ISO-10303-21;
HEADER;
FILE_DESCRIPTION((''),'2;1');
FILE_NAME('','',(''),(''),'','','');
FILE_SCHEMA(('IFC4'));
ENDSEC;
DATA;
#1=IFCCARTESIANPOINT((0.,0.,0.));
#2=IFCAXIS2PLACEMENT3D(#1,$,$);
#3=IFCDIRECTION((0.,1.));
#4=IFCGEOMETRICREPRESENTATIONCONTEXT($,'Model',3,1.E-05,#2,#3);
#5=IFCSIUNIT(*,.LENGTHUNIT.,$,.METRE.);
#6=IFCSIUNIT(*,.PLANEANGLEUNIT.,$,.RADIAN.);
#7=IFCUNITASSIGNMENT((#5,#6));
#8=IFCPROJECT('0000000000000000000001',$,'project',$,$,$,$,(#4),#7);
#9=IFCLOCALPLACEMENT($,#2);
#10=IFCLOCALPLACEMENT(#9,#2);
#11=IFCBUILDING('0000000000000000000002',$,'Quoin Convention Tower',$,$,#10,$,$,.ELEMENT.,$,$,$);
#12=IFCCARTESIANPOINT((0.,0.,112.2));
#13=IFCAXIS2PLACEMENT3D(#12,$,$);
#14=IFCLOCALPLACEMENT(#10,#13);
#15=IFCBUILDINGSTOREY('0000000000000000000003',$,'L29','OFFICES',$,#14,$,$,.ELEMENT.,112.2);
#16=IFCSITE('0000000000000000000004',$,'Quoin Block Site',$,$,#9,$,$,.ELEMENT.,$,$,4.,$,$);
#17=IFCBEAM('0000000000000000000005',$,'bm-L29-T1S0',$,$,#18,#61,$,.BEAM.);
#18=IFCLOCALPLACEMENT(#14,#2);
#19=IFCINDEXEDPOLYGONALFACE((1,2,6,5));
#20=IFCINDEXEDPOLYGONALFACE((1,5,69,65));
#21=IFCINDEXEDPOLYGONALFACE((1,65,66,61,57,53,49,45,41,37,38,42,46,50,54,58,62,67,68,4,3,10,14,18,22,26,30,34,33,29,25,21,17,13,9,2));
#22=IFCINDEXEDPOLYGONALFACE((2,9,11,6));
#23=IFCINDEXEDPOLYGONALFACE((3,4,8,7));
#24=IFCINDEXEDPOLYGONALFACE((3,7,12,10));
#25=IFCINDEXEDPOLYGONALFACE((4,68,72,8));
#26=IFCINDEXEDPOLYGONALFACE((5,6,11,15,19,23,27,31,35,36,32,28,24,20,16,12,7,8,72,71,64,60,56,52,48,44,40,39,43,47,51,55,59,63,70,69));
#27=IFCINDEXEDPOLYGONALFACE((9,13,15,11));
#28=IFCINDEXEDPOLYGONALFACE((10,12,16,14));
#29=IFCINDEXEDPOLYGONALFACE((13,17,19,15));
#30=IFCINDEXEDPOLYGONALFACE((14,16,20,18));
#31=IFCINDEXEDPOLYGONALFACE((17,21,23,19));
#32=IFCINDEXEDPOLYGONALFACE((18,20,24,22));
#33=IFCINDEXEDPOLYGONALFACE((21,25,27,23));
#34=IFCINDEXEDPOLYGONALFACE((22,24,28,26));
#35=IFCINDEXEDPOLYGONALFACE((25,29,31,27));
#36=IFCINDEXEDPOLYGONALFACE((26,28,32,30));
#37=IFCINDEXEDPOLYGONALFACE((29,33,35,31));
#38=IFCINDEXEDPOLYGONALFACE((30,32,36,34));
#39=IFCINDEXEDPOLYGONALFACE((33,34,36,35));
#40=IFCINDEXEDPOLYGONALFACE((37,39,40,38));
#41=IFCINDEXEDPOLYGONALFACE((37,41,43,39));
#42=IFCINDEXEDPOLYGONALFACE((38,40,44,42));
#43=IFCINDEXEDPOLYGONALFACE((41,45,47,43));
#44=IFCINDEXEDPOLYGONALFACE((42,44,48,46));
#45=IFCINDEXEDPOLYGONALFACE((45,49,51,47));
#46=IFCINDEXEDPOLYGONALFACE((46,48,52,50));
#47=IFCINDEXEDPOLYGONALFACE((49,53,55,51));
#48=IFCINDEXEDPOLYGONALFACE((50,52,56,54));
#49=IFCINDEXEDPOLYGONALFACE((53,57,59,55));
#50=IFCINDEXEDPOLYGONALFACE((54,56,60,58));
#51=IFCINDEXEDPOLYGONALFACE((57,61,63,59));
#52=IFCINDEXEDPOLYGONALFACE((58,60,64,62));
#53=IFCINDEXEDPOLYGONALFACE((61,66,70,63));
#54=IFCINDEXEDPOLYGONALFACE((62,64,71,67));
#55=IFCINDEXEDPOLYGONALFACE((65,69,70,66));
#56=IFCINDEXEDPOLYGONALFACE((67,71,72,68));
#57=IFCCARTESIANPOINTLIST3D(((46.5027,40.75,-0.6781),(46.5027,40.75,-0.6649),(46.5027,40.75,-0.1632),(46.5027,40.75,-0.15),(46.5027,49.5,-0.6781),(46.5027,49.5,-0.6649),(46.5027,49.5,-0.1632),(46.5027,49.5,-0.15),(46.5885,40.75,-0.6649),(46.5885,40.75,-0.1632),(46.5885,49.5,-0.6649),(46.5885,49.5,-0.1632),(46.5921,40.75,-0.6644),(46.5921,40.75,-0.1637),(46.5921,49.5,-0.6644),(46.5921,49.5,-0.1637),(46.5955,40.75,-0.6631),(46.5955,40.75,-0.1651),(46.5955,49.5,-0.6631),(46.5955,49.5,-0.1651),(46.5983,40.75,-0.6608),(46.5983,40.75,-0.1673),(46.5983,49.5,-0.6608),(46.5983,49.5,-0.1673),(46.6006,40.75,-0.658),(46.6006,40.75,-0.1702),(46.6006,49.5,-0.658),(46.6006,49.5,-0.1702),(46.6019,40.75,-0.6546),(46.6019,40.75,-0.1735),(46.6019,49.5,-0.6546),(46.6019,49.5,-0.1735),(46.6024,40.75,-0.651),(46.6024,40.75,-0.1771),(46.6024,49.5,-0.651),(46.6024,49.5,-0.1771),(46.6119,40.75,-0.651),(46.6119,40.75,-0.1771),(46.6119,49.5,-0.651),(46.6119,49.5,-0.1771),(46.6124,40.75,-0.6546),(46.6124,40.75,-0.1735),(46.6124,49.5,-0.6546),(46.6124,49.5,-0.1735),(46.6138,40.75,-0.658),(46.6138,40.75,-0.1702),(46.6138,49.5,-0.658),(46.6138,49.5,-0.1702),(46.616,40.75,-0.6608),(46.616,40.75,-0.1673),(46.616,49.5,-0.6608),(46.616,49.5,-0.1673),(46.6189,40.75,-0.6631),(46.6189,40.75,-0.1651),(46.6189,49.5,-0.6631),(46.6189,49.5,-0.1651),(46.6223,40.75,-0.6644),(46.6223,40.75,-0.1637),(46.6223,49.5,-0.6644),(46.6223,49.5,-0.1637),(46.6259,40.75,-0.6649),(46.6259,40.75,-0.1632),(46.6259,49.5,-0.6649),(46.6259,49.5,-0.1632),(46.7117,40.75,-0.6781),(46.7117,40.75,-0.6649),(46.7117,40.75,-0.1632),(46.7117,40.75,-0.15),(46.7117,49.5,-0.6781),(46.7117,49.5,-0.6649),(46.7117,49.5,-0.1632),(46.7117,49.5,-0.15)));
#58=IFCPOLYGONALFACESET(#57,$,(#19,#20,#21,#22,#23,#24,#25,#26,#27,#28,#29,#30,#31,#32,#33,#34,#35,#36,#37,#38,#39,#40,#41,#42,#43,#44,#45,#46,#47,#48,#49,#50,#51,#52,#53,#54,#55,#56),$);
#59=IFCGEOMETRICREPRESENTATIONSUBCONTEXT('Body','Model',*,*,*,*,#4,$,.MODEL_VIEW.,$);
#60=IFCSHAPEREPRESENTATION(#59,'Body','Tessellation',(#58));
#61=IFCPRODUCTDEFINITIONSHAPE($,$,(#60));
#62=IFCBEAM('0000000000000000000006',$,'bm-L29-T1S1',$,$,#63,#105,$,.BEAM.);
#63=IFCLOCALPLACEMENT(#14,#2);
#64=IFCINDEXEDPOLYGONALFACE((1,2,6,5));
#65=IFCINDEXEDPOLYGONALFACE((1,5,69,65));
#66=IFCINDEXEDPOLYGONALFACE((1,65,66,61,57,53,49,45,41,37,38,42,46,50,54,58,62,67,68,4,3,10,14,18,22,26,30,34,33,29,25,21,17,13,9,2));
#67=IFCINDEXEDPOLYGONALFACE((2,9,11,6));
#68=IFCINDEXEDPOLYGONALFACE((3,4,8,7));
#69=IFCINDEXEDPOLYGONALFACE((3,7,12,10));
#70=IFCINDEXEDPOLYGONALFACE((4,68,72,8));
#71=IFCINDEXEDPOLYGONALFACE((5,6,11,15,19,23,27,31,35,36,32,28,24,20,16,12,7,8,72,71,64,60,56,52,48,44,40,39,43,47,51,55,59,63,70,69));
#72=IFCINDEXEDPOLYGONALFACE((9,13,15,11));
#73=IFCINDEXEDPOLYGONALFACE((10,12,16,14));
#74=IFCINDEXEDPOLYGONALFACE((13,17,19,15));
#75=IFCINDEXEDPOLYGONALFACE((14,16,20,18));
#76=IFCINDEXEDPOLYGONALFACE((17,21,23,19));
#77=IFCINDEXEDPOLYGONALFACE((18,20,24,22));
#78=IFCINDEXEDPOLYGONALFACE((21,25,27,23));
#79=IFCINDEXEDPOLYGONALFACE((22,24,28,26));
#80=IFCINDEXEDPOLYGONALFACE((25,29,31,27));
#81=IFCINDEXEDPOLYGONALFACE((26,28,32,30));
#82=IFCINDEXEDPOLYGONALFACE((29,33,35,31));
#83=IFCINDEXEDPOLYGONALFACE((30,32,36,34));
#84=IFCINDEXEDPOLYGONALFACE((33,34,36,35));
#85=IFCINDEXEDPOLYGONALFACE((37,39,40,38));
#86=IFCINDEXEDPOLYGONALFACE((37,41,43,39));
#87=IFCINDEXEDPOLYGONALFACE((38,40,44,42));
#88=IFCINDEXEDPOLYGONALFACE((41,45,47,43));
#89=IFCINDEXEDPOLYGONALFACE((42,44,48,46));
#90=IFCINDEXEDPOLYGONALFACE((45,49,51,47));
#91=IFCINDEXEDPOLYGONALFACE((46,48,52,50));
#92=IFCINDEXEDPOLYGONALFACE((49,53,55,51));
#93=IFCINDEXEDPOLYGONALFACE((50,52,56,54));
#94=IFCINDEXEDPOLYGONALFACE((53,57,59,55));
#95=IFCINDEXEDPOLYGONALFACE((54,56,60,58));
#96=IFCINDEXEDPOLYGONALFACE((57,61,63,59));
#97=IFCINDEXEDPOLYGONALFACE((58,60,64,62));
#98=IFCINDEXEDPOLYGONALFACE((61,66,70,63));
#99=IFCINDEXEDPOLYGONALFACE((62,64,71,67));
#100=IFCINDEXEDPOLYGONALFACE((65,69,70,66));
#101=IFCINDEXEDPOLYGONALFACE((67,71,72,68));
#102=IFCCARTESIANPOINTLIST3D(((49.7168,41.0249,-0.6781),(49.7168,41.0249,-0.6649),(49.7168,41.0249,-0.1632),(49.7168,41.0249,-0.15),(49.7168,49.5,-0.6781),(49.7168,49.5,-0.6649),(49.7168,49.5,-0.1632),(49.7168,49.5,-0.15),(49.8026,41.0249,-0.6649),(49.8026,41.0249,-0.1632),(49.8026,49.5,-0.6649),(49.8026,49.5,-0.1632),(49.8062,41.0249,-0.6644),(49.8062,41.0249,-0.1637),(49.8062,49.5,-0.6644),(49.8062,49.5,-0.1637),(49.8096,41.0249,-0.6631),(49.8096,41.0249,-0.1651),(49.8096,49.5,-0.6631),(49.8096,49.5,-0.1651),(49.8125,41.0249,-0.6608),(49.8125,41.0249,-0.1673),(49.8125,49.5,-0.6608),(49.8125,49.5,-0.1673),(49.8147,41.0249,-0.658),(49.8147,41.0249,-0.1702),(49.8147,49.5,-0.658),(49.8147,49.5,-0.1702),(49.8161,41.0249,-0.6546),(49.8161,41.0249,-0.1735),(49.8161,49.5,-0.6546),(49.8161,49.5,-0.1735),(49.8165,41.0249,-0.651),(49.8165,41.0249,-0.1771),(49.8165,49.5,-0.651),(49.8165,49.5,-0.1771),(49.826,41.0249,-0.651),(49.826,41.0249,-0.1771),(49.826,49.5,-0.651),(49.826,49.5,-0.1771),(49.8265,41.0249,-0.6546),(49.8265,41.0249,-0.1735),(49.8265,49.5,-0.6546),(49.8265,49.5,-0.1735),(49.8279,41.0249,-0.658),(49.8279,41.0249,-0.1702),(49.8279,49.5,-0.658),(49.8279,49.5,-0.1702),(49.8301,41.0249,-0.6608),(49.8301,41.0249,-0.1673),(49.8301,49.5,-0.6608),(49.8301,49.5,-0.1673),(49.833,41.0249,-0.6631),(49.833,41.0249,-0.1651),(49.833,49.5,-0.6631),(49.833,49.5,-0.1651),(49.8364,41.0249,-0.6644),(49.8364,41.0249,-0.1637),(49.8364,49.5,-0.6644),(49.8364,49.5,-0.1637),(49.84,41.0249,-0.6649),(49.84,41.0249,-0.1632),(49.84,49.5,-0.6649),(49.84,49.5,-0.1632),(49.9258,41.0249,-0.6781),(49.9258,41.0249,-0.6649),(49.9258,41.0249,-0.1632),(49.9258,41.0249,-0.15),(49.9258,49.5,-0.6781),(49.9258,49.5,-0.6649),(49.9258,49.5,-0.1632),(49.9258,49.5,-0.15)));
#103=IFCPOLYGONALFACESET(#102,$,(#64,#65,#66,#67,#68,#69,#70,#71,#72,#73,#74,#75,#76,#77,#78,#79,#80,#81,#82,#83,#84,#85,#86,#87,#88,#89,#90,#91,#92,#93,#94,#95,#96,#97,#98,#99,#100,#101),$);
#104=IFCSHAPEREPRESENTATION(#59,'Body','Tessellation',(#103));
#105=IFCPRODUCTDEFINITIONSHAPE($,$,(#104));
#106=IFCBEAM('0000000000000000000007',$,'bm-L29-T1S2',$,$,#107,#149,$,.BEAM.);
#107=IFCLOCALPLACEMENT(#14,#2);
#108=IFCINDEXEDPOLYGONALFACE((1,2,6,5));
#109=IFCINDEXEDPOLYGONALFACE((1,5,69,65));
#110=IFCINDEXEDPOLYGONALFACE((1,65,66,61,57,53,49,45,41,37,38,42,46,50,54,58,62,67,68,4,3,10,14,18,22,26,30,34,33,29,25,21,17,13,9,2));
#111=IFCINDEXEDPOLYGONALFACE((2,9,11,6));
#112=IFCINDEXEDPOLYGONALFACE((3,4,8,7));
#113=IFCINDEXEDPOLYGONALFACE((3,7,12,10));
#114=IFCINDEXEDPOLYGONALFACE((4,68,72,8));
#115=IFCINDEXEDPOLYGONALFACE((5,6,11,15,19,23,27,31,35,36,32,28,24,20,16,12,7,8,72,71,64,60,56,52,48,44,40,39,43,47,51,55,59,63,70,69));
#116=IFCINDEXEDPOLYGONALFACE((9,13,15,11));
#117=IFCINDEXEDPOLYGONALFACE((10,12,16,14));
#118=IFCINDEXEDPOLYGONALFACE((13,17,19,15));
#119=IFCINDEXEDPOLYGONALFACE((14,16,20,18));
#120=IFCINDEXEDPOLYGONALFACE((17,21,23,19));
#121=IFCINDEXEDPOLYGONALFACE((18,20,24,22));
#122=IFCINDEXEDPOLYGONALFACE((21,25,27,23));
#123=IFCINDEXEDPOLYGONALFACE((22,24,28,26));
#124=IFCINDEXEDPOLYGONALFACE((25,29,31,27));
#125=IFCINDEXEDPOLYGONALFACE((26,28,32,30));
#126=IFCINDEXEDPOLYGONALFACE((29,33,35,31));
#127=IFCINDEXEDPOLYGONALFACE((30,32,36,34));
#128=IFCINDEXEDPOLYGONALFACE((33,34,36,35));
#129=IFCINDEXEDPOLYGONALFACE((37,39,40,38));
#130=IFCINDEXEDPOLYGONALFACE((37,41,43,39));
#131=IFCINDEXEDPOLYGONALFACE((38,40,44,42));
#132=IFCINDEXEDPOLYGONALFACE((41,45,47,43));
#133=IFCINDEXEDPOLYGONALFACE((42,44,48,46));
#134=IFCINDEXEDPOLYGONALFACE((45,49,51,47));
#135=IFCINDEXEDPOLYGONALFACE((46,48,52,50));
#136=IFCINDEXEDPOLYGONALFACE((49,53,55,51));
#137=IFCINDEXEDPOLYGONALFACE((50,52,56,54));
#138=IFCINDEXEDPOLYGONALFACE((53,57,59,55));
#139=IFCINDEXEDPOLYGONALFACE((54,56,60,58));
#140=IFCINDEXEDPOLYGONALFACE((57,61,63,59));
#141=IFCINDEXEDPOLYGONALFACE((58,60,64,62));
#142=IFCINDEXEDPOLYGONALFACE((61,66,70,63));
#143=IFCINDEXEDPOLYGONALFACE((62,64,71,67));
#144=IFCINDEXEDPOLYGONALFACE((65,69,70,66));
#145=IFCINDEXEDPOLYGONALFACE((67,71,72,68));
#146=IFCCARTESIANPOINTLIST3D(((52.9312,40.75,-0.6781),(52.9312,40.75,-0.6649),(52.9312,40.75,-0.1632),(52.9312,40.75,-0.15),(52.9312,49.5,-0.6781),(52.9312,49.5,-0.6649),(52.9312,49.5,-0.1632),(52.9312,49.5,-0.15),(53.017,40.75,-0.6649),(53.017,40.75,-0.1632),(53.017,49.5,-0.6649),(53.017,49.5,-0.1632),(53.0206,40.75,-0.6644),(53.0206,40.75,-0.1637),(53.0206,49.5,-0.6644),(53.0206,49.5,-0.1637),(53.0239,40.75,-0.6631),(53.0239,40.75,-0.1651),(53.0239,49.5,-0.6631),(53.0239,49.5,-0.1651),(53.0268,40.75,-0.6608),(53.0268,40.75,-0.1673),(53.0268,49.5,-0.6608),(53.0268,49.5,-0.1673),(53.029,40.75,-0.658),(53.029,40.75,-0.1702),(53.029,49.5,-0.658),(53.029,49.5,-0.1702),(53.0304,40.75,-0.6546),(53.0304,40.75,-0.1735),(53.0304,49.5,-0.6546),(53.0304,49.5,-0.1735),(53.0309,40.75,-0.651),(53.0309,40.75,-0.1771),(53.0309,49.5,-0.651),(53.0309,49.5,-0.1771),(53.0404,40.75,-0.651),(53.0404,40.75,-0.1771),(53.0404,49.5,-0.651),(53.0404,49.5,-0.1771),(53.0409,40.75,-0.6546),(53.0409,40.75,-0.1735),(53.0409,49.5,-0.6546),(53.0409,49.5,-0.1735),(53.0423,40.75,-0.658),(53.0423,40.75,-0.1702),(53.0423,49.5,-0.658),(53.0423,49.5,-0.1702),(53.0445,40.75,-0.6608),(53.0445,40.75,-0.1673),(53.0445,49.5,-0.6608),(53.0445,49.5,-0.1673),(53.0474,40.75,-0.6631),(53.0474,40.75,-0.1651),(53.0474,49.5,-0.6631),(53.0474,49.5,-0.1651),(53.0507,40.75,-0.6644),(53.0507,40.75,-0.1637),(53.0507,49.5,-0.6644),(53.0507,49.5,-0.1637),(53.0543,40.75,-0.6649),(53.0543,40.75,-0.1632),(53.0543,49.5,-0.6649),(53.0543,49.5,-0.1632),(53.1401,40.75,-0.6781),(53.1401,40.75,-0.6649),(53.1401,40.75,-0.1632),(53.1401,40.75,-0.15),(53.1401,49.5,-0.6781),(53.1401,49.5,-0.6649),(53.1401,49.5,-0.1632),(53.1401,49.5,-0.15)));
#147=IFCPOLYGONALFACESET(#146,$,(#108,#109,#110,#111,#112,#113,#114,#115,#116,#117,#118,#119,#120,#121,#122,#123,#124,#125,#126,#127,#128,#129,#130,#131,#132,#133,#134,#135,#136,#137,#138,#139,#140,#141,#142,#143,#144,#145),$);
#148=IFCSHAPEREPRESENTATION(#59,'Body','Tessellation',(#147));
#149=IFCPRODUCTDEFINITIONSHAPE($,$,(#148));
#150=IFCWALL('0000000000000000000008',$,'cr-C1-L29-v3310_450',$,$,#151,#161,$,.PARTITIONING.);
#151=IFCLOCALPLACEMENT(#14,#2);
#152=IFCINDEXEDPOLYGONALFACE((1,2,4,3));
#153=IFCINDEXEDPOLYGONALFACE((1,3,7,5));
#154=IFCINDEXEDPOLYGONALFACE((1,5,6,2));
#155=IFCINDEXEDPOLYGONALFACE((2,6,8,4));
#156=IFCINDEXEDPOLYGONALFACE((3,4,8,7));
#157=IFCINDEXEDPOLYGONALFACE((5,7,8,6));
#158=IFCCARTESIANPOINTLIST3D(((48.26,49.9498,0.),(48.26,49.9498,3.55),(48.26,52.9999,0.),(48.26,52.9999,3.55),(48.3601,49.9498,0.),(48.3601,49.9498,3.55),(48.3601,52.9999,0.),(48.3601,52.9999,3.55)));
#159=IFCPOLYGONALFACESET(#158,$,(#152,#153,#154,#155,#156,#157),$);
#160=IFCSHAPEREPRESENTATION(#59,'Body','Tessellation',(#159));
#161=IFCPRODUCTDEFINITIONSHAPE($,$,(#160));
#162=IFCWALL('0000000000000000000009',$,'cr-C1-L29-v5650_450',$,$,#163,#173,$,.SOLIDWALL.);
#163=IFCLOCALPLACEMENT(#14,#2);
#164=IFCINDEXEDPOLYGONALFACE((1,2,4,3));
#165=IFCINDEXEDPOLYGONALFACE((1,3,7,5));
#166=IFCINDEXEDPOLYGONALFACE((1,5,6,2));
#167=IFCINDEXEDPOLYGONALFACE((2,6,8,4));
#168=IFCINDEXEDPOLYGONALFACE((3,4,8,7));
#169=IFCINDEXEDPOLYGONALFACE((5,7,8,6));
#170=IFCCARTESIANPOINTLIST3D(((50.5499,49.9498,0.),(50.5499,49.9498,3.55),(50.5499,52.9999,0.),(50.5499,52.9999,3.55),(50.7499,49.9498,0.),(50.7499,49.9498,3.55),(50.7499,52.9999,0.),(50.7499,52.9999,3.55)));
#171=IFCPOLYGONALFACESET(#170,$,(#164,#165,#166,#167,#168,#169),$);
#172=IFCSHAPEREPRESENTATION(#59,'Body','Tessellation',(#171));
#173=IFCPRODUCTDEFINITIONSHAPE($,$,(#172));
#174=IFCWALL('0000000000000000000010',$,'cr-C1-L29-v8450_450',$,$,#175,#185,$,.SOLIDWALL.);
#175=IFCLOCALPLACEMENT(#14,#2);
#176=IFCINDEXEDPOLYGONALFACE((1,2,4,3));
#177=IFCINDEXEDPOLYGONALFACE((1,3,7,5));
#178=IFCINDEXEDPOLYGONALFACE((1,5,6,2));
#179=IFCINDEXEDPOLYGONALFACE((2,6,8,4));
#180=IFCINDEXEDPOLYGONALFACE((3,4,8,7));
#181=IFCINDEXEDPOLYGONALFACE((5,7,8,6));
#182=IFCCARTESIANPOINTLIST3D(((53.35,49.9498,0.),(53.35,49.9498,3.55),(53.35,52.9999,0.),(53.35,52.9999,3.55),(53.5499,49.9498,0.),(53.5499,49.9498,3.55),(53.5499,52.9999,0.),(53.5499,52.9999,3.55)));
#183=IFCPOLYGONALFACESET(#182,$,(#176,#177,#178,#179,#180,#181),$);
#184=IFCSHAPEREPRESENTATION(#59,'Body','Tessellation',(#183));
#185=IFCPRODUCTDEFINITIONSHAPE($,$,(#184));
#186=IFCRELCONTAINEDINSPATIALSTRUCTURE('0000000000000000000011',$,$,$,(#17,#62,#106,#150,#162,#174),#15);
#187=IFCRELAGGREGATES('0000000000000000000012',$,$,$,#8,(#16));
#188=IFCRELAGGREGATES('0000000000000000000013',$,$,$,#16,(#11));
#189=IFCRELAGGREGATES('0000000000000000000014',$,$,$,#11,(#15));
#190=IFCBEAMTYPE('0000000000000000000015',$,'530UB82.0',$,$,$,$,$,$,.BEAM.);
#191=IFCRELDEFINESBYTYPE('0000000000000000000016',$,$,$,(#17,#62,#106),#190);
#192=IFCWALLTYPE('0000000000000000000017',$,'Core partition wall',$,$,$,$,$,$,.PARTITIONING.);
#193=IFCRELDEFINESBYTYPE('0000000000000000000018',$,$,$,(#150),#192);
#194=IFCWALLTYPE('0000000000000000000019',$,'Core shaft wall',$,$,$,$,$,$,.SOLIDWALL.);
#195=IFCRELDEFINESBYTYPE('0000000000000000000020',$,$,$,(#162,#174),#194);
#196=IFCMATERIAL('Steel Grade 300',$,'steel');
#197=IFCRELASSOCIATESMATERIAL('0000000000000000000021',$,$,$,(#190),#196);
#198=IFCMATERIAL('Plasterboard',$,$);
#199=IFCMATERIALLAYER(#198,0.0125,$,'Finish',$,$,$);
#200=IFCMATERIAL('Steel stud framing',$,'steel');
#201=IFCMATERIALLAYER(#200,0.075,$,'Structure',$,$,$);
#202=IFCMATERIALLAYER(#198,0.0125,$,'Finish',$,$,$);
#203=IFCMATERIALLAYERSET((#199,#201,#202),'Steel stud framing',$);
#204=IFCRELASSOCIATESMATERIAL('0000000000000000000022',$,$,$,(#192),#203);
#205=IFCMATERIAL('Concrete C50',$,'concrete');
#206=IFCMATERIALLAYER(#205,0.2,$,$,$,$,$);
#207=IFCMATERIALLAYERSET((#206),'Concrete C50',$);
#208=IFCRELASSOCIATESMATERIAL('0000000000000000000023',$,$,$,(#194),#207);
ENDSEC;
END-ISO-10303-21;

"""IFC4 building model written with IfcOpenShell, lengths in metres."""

from ifc_helpers import new_model, si_unit, direction, frame, frame_2d, origin, origin_2d, place, context, subcontext, project, spatial, rectangle, i_section, extrude, material, layer, layer_set, material_profile, profile_set, type_object, element, save


model = new_model("IFC4")

# Units and contexts
model_context = context("Model", 3, precision=1e-05, world=origin(), true_north=direction((0.0, 1.0)))
body_context = subcontext(model_context, "Body", "Model", "MODEL_VIEW")
ifc_project = project(units=[si_unit("LENGTHUNIT", "METRE"), si_unit("PLANEANGLEUNIT", "RADIAN")], contexts=[model_context])

# Site, building, storey
site_placement = place(None, origin())
site = spatial("IfcSite", under=ifc_project, at=site_placement, Name="Quoin Block Site", CompositionType="ELEMENT", RefElevation=4.0)
building_placement = place(site_placement, origin())
building = spatial("IfcBuilding", under=site, at=building_placement, Name="Quoin Convention Tower", CompositionType="ELEMENT")
storey_placement = place(building_placement, frame((0.0, 0.0, 112.2)))
storey = spatial("IfcBuildingStorey", under=building, at=storey_placement, Name="L29", Description="OFFICES", CompositionType="ELEMENT", Elevation=112.2)

# Beams
ifc_material_1 = material(Name="Steel Grade 300", Category="steel")
ifc_material_profile = material_profile(ifc_material_1, i_section(OverallWidth=0.209, OverallDepth=0.5281, WebThickness=0.0095, FlangeThickness=0.0132, FilletRadius=0.0139, at=origin_2d()), Name="530UB82.0")
ifc_profile_set = profile_set([ifc_material_profile], Name="Steel Grade 300")
beam_type = type_object("IfcBeamType", Name="530UB82.0", PredefinedType="BEAM", material=ifc_profile_set)
beam_1_placement = place(storey_placement, frame((46.6072, 40.75, -0.4141), z_axis=(0.0, 1.0, 0.0), x_axis=(-1.0, 0.0, 0.0)))
element("IfcBeam", 1, at=beam_1_placement, inside=storey, type_object=beam_type, Name="bm-L29-T1S0", PredefinedType="BEAM", context=body_context, shape_type="SweptSolid", body=[
    extrude(i_section(OverallWidth=0.209, OverallDepth=0.5281, WebThickness=0.0095, FlangeThickness=0.0132, FilletRadius=0.0139, at=origin_2d()), origin(), (0.0, 0.0, 1.0), 8.75),
])
beam_2_placement = place(storey_placement, frame((49.8213, 41.0249, -0.4141), z_axis=(0.0, 1.0, 0.0), x_axis=(-1.0, 0.0, 0.0)))
element("IfcBeam", 2, at=beam_2_placement, inside=storey, type_object=beam_type, Name="bm-L29-T1S1", PredefinedType="BEAM", context=body_context, shape_type="SweptSolid", body=[
    extrude(i_section(OverallWidth=0.209, OverallDepth=0.5281, WebThickness=0.0095, FlangeThickness=0.0132, FilletRadius=0.0139, at=origin_2d()), origin(), (0.0, 0.0, 1.0), 8.4751),
])
beam_3_placement = place(storey_placement, frame((53.0356, 40.75, -0.4141), z_axis=(0.0, 1.0, 0.0), x_axis=(-1.0, 0.0, 0.0)))
element("IfcBeam", 3, at=beam_3_placement, inside=storey, type_object=beam_type, Name="bm-L29-T1S2", PredefinedType="BEAM", context=body_context, shape_type="SweptSolid", body=[
    extrude(i_section(OverallWidth=0.209, OverallDepth=0.5281, WebThickness=0.0095, FlangeThickness=0.0132, FilletRadius=0.0139, at=origin_2d()), origin(), (0.0, 0.0, 1.0), 8.75),
])

# Walls
ifc_material_2 = material(Name="Plasterboard")
ifc_layer_1 = layer(ifc_material_2, 0.0125, Name="Finish")
ifc_material_3 = material(Name="Steel stud framing", Category="steel")
ifc_layer_2 = layer(ifc_material_3, 0.075, Name="Structure")
ifc_layer_3 = layer(ifc_material_2, 0.0125, Name="Finish")
ifc_layer_set_1 = layer_set([ifc_layer_1, ifc_layer_2, ifc_layer_3], Name="Steel stud framing")
wall_type_1 = type_object("IfcWallType", Name="Core partition wall", PredefinedType="PARTITIONING", material=ifc_layer_set_1)
wall_1_placement = place(storey_placement, frame((48.3101, 49.95, 0.0), z_axis=(0.0, 0.0, 1.0), x_axis=(0.0, 1.0, 0.0)))
element("IfcWall", 4, at=wall_1_placement, inside=storey, type_object=wall_type_1, Name="cr-C1-L29-v3310_450", PredefinedType="PARTITIONING", context=body_context, shape_type="SweptSolid", body=[
    extrude(rectangle(XDim=3.05, YDim=0.1001, at=frame_2d((1.5249, 0.0))), origin(), (0.0, 0.0, 1.0), 3.55),
])
ifc_material_4 = material(Name="Concrete C50", Category="concrete")
ifc_layer_4 = layer(ifc_material_4, 0.2)
ifc_layer_set_2 = layer_set([ifc_layer_4], Name="Concrete C50")
wall_type_2 = type_object("IfcWallType", Name="Core shaft wall", PredefinedType="SOLIDWALL", material=ifc_layer_set_2)
for number, where, z_axis, x_axis, name in (
    (5, (50.6499, 49.95, 0.0), (0.0, 0.0, 1.0), (0.0, 1.0, 0.0), "cr-C1-L29-v5650_450"),
    (6, (53.45, 49.95, 0.0), (0.0, 0.0, 1.0), (0.0, 1.0, 0.0), "cr-C1-L29-v8450_450"),
):
    element("IfcWall", number, at=place(storey_placement, frame(where, z_axis=z_axis, x_axis=x_axis)), inside=storey, type_object=wall_type_2, Name=name, PredefinedType="SOLIDWALL", context=body_context, shape_type="SweptSolid", body=[
        extrude(rectangle(XDim=3.05, YDim=0.2, at=frame_2d((1.5249, 0.0))), origin(), (0.0, 0.0, 1.0), 3.55),
    ])

save(model, "model.ifc")
